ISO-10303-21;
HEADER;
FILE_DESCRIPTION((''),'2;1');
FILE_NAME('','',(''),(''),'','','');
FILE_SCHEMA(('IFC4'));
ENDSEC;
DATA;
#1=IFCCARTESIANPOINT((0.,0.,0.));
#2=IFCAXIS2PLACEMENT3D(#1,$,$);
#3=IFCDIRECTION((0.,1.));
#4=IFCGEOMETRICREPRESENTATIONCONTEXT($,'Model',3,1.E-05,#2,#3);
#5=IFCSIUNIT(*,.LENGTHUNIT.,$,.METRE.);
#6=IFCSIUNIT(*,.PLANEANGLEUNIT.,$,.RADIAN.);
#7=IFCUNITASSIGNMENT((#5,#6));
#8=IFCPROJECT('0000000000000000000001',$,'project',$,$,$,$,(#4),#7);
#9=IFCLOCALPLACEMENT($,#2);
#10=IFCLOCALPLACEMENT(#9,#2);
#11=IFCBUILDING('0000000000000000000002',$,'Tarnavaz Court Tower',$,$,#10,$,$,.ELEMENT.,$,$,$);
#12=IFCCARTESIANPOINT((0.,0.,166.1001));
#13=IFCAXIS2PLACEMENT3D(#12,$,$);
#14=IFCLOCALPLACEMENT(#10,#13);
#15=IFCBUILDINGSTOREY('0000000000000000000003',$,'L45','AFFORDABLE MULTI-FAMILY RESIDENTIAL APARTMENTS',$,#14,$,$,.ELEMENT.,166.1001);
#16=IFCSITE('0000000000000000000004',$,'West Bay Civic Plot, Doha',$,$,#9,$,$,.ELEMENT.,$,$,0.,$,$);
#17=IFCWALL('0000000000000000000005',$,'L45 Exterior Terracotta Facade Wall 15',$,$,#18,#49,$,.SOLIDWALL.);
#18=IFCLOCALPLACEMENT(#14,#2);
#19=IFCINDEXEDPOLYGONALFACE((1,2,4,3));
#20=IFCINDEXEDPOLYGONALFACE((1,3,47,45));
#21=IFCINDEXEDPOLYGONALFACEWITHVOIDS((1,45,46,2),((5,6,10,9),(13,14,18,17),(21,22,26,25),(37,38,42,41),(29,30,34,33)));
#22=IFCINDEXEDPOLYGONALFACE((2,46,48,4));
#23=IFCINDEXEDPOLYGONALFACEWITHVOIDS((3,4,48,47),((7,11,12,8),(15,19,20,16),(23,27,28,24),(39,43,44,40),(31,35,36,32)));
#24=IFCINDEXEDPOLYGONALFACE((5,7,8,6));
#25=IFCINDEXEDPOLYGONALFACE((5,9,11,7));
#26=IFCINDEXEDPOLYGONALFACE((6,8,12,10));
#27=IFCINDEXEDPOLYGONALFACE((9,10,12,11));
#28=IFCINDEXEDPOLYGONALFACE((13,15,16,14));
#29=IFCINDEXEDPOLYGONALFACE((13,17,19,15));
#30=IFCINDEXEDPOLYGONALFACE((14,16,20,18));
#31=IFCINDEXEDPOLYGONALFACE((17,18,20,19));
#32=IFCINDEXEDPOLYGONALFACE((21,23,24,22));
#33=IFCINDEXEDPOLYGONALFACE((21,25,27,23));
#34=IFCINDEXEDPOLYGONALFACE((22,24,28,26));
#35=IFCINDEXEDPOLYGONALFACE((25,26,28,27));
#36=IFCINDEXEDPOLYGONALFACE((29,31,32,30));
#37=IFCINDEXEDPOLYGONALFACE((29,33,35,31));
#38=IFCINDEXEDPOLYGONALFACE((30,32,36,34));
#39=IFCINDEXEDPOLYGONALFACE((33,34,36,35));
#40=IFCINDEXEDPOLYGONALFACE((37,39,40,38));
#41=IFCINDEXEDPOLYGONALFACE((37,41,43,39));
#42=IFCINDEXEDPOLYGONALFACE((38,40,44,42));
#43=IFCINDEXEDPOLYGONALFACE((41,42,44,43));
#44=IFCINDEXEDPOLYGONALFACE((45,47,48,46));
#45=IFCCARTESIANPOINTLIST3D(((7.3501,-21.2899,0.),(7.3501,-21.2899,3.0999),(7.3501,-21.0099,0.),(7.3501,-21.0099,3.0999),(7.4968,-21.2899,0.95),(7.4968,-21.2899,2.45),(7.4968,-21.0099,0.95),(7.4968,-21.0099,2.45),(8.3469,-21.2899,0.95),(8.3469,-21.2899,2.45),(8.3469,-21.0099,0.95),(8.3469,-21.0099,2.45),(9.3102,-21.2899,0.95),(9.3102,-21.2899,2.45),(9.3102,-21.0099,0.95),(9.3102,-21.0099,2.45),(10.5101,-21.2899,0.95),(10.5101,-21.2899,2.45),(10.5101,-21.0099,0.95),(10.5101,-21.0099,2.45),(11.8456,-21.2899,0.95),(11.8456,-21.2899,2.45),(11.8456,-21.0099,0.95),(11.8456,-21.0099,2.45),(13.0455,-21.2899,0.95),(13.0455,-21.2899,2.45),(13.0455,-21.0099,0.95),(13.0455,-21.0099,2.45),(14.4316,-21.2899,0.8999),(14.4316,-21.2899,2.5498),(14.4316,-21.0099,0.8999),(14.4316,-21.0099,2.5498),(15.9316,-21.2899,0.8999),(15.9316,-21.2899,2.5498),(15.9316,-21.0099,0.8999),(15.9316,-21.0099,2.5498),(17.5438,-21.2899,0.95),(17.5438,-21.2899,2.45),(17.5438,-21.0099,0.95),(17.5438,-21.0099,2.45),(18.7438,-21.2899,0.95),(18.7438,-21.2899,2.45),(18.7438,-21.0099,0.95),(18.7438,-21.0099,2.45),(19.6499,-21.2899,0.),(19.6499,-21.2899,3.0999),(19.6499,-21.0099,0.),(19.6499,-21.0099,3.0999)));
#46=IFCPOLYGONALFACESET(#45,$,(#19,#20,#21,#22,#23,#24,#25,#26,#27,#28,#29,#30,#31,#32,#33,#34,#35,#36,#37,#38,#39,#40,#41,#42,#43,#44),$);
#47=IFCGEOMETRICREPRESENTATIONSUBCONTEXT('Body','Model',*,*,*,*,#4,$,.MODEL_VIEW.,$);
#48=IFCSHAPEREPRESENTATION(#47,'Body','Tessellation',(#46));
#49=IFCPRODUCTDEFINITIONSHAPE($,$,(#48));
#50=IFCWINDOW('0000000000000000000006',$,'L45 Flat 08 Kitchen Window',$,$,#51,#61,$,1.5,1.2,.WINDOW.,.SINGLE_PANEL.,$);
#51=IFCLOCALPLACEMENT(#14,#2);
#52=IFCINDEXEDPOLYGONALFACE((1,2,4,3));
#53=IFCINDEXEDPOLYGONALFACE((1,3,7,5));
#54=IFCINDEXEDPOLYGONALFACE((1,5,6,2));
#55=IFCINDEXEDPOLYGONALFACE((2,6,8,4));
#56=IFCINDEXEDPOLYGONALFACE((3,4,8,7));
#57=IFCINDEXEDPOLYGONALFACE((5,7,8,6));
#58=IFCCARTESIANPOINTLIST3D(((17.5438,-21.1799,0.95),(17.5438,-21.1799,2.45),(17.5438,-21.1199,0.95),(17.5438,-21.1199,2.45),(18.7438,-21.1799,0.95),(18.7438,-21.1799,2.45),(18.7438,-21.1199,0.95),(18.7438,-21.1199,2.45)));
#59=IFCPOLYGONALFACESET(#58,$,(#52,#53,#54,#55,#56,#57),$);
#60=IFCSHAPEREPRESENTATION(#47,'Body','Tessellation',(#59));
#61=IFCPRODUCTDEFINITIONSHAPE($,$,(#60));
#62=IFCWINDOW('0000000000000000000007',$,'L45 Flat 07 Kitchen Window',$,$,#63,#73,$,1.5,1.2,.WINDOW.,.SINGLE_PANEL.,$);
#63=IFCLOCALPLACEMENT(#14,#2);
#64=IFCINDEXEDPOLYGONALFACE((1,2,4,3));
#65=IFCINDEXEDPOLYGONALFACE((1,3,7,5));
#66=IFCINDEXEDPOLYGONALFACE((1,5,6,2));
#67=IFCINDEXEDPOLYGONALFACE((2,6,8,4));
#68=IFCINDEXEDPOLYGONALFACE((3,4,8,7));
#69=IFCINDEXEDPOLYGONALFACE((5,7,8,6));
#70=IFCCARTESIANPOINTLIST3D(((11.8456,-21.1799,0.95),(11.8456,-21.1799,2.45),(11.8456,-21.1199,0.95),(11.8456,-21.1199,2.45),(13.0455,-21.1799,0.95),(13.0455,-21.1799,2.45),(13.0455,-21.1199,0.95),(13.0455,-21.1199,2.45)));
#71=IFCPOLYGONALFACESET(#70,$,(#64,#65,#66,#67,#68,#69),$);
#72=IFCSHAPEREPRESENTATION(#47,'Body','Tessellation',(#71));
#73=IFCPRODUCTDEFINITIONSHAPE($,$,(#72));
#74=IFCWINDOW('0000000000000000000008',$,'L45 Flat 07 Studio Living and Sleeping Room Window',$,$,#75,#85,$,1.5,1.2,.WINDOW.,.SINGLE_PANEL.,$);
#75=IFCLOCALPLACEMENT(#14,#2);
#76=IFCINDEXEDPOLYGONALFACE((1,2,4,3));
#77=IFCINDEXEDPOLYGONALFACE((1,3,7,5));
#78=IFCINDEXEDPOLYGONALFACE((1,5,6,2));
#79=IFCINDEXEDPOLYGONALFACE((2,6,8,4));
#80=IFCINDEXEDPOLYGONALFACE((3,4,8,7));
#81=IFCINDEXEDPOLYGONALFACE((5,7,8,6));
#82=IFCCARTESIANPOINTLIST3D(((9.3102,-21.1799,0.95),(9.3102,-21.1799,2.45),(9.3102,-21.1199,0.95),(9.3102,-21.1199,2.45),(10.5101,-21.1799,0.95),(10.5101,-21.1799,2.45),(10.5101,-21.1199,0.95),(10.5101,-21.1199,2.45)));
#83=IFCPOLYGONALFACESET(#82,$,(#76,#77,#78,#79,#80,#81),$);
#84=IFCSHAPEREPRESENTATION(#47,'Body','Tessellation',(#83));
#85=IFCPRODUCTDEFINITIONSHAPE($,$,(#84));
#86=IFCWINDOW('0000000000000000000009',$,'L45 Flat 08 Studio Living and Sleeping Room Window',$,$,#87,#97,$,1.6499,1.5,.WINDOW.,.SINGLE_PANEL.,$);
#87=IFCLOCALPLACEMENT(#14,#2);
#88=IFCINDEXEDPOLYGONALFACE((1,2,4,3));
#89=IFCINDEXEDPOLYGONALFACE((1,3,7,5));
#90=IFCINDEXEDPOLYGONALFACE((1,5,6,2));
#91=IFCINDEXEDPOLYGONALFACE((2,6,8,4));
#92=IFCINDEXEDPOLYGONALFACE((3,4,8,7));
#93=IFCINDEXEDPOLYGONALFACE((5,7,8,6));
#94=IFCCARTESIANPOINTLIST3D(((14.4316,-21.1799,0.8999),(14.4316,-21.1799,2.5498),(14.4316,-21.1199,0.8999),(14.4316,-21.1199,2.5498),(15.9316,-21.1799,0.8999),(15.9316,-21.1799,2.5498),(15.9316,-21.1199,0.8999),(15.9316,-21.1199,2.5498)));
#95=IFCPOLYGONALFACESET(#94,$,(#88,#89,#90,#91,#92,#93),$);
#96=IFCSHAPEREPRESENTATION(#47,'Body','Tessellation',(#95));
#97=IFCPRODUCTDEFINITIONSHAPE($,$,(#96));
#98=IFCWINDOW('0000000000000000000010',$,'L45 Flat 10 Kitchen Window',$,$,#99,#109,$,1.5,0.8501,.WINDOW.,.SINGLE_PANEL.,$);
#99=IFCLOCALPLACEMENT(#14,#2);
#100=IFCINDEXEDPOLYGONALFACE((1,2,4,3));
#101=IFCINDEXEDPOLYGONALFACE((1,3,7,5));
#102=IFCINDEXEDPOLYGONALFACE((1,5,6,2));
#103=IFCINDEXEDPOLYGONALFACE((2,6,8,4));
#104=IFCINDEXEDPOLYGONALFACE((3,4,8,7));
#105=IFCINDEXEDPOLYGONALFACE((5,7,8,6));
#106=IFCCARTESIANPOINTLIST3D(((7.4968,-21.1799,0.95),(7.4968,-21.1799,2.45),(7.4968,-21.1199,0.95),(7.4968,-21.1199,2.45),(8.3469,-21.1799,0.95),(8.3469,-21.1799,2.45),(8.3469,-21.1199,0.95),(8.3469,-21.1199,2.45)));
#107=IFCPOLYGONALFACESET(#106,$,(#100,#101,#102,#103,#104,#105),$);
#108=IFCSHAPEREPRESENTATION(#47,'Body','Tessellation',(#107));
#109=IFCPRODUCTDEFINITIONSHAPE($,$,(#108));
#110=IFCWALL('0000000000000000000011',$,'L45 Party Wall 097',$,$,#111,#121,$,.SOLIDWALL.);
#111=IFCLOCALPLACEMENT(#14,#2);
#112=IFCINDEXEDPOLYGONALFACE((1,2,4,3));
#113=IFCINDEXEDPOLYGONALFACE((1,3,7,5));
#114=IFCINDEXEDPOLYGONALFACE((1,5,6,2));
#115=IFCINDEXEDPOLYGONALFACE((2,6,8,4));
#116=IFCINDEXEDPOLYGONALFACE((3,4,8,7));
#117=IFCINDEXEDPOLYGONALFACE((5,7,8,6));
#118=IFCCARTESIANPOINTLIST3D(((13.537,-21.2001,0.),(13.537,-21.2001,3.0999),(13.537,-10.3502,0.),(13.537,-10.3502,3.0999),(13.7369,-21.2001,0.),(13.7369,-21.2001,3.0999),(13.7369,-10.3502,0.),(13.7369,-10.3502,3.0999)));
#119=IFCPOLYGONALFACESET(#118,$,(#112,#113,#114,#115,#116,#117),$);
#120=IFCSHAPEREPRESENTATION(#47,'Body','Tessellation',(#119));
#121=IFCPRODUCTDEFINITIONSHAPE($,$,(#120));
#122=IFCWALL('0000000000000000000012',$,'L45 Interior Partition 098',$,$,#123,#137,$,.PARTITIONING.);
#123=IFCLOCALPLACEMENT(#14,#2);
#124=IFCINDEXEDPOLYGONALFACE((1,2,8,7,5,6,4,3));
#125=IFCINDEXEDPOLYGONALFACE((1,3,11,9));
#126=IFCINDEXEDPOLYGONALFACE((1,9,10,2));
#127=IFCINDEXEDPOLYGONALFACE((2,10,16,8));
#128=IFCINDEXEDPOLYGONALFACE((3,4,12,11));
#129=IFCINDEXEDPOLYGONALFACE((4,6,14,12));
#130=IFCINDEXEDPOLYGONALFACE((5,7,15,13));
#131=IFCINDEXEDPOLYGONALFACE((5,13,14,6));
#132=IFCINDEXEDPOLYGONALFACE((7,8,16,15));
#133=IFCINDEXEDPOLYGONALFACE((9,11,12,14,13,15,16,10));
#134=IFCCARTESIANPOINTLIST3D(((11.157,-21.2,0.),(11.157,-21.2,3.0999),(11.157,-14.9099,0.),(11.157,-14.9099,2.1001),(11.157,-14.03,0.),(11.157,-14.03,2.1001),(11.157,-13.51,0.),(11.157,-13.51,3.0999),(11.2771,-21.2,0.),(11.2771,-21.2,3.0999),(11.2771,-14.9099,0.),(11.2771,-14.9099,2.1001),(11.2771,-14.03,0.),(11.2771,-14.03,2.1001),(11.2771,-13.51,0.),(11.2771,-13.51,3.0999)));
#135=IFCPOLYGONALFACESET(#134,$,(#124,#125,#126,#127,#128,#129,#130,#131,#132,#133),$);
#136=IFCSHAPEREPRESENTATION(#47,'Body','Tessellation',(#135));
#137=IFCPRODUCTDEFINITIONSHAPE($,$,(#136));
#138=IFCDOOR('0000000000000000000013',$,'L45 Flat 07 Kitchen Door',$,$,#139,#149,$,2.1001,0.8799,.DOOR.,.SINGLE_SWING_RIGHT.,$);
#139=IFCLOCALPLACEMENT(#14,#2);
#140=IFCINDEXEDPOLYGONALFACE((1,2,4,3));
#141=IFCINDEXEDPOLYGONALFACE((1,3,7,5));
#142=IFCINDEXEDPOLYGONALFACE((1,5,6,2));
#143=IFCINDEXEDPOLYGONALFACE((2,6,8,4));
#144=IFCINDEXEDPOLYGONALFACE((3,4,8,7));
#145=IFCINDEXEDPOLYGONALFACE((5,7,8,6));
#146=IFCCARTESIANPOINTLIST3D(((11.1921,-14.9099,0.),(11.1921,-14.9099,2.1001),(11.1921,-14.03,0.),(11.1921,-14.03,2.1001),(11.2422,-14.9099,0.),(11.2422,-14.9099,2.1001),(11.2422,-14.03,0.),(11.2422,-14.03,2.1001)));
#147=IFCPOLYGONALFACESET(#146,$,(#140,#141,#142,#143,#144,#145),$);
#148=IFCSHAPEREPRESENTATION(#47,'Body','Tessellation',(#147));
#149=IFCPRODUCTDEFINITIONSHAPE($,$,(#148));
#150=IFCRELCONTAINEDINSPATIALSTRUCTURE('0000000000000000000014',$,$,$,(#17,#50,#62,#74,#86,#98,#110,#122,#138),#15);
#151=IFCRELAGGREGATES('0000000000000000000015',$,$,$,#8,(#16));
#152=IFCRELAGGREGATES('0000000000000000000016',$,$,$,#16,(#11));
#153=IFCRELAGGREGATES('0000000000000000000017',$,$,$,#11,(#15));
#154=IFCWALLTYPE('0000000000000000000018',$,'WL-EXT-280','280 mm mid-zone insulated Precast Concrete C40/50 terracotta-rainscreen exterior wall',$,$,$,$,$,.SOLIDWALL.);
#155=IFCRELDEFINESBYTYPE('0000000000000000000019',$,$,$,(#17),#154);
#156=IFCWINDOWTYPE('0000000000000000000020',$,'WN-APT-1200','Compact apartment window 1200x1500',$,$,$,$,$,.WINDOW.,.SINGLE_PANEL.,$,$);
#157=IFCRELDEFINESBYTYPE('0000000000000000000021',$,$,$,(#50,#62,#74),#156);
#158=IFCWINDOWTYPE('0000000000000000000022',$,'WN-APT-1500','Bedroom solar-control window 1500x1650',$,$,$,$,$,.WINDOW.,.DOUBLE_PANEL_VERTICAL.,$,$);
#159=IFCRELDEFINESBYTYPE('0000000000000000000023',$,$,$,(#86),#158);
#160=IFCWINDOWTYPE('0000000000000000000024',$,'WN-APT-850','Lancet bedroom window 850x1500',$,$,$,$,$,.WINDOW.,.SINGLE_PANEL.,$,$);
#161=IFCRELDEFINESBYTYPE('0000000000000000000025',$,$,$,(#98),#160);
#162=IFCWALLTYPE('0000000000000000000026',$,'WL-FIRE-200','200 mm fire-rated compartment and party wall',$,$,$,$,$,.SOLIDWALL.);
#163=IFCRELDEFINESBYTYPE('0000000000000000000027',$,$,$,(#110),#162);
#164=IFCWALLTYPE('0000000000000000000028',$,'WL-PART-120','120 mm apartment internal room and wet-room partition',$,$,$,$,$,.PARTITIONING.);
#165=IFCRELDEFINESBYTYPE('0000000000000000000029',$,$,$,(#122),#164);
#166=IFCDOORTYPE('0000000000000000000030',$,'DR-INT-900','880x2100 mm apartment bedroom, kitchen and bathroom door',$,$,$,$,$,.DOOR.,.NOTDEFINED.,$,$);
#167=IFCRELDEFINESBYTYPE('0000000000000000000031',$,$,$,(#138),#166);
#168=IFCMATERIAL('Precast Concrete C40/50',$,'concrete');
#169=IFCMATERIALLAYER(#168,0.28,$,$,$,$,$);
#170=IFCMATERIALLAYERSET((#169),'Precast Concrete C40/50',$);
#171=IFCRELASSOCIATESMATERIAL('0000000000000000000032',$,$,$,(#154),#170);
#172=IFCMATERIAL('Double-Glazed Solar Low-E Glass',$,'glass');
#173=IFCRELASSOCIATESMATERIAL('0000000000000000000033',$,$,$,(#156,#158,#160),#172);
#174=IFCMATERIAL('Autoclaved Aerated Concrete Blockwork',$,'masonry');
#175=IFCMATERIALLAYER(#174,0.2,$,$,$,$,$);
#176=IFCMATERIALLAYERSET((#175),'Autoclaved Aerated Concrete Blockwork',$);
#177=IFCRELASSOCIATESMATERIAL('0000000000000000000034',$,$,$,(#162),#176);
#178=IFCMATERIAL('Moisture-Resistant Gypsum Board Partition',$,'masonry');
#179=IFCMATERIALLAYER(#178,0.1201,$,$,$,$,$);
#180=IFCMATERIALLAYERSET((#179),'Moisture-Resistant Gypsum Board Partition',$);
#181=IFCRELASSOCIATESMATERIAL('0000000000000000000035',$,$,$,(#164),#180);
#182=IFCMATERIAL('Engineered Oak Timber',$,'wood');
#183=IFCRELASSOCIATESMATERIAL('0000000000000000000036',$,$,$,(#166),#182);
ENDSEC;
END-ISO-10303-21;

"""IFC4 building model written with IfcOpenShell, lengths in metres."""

from ifc_helpers import new_model, si_unit, direction, frame, frame_2d, origin, place, context, subcontext, project, spatial, rectangle, extrude, material, layer, layer_set, type_object, element, fill, save


model = new_model("IFC4")

# Units and contexts
model_context = context("Model", 3, precision=1e-05, world=origin(), true_north=direction((0.0, 1.0)))
body_context = subcontext(model_context, "Body", "Model", "MODEL_VIEW")
ifc_project = project(units=[si_unit("LENGTHUNIT", "METRE"), si_unit("PLANEANGLEUNIT", "RADIAN")], contexts=[model_context])

# Site, building, storey
site_placement = place(None, origin())
site = spatial("IfcSite", under=ifc_project, at=site_placement, Name="West Bay Civic Plot, Doha", CompositionType="ELEMENT", RefElevation=0.0)
building_placement = place(site_placement, origin())
building = spatial("IfcBuilding", under=site, at=building_placement, Name="Tarnavaz Court Tower", CompositionType="ELEMENT")
storey_placement = place(building_placement, frame((0.0, 0.0, 166.1001)))
storey = spatial("IfcBuildingStorey", under=building, at=storey_placement, Name="L45", Description="AFFORDABLE MULTI-FAMILY RESIDENTIAL APARTMENTS", CompositionType="ELEMENT", Elevation=166.1001)

# Shared definitions
ifc_material_1 = material(Name="Precast Concrete C40/50", Category="concrete")
ifc_layer_1 = layer(ifc_material_1, 0.28)
ifc_layer_set_1 = layer_set([ifc_layer_1], Name="Precast Concrete C40/50")
wall_type_1 = type_object("IfcWallType", Name="WL-EXT-280", Description="280 mm mid-zone insulated Precast Concrete C40/50 terracotta-rainscreen exterior wall", PredefinedType="SOLIDWALL", material=ifc_layer_set_1)
ifc_material_2 = material(Name="Double-Glazed Solar Low-E Glass", Category="glass")

# Wall, openings, windows
wall_1_placement = place(storey_placement, frame((19.6499, -21.1499, 0.0), z_axis=(0.0, 0.0, 1.0), x_axis=(-1.0, 0.0, 0.0)))
wall_1 = element("IfcWall", 1, at=wall_1_placement, inside=storey, type_object=wall_type_1, Name="L45 Exterior Terracotta Facade Wall 15", PredefinedType="SOLIDWALL", context=body_context, shape_type="SweptSolid", body=[
    extrude(rectangle(XDim=12.2998, YDim=0.28, at=frame_2d((6.1499, 0.0))), origin(), (0.0, 0.0, 1.0), 3.0999),
])
opening_1_placement = place(wall_1_placement, frame((0.906, 0.0, 0.95)))
opening_1 = element("IfcOpeningElement", 2, at=opening_1_placement, cuts=wall_1, PredefinedType="OPENING", context=body_context, shape_type="SweptSolid", body=[
    extrude(rectangle(XDim=1.2, YDim=1.5, at=frame_2d((0.6001, 0.75))), frame((0.0, 0.1499, 0.0), z_axis=(0.0, -1.0, 0.0), x_axis=(1.0, 0.0, 0.0)), (0.0, 0.0, 1.0), 0.3),
])
opening_2_placement = place(wall_1_placement, frame((3.7183, 0.0, 0.8999)))
opening_2 = element("IfcOpeningElement", 3, at=opening_2_placement, cuts=wall_1, PredefinedType="OPENING", context=body_context, shape_type="SweptSolid", body=[
    extrude(rectangle(XDim=1.5, YDim=1.6499, at=frame_2d((0.75, 0.825))), frame((0.0, 0.1499, 0.0), z_axis=(0.0, -1.0, 0.0), x_axis=(1.0, 0.0, 0.0)), (0.0, 0.0, 1.0), 0.3),
])
opening_3_placement = place(wall_1_placement, frame((6.6042, 0.0, 0.95)))
opening_3 = element("IfcOpeningElement", 4, at=opening_3_placement, cuts=wall_1, PredefinedType="OPENING", context=body_context, shape_type="SweptSolid", body=[
    extrude(rectangle(XDim=1.2, YDim=1.5, at=frame_2d((0.6001, 0.75))), frame((0.0, 0.1499, 0.0), z_axis=(0.0, -1.0, 0.0), x_axis=(1.0, 0.0, 0.0)), (0.0, 0.0, 1.0), 0.3),
])
opening_4_placement = place(wall_1_placement, frame((9.1396, 0.0, 0.95)))
opening_4 = element("IfcOpeningElement", 5, at=opening_4_placement, cuts=wall_1, PredefinedType="OPENING", context=body_context, shape_type="SweptSolid", body=[
    extrude(rectangle(XDim=1.2, YDim=1.5, at=frame_2d((0.6001, 0.75))), frame((0.0, 0.1499, 0.0), z_axis=(0.0, -1.0, 0.0), x_axis=(1.0, 0.0, 0.0)), (0.0, 0.0, 1.0), 0.3),
])
opening_5_placement = place(wall_1_placement, frame((11.303, 0.0, 0.95)))
opening_5 = element("IfcOpeningElement", 6, at=opening_5_placement, cuts=wall_1, PredefinedType="OPENING", context=body_context, shape_type="SweptSolid", body=[
    extrude(rectangle(XDim=0.8501, YDim=1.5, at=frame_2d((0.425, 0.75))), frame((0.0, 0.1499, 0.0), z_axis=(0.0, -1.0, 0.0), x_axis=(1.0, 0.0, 0.0)), (0.0, 0.0, 1.0), 0.3),
])
window_type_1 = type_object("IfcWindowType", Name="WN-APT-1200", Description="Compact apartment window 1200x1500", PartitioningType="SINGLE_PANEL", PredefinedType="WINDOW", material=ifc_material_2)
window_1_placement = place(opening_1_placement, origin())
window_1 = element("IfcWindow", 7, at=window_1_placement, inside=storey, type_object=window_type_1, Name="L45 Flat 08 Kitchen Window", OverallHeight=1.5, OverallWidth=1.2, PartitioningType="SINGLE_PANEL", PredefinedType="WINDOW", context=body_context, shape_type="SweptSolid", body=[
    extrude(rectangle(XDim=1.2, YDim=1.5, at=frame_2d((0.6001, 0.75))), frame((0.0, 0.03, 0.0), z_axis=(0.0, -1.0, 0.0), x_axis=(1.0, 0.0, 0.0)), (0.0, 0.0, 1.0), 0.0601),
])
fill(opening_1, window_1)
window_2_placement = place(opening_3_placement, origin())
window_2 = element("IfcWindow", 8, at=window_2_placement, inside=storey, type_object=window_type_1, Name="L45 Flat 07 Kitchen Window", OverallHeight=1.5, OverallWidth=1.2, PartitioningType="SINGLE_PANEL", PredefinedType="WINDOW", context=body_context, shape_type="SweptSolid", body=[
    extrude(rectangle(XDim=1.2, YDim=1.5, at=frame_2d((0.6001, 0.75))), frame((0.0, 0.03, 0.0), z_axis=(0.0, -1.0, 0.0), x_axis=(1.0, 0.0, 0.0)), (0.0, 0.0, 1.0), 0.0601),
])
fill(opening_3, window_2)
window_3_placement = place(opening_4_placement, origin())
window_3 = element("IfcWindow", 9, at=window_3_placement, inside=storey, type_object=window_type_1, Name="L45 Flat 07 Studio Living and Sleeping Room Window", OverallHeight=1.5, OverallWidth=1.2, PartitioningType="SINGLE_PANEL", PredefinedType="WINDOW", context=body_context, shape_type="SweptSolid", body=[
    extrude(rectangle(XDim=1.2, YDim=1.5, at=frame_2d((0.6001, 0.75))), frame((0.0, 0.03, 0.0), z_axis=(0.0, -1.0, 0.0), x_axis=(1.0, 0.0, 0.0)), (0.0, 0.0, 1.0), 0.0601),
])
fill(opening_4, window_3)
window_type_2 = type_object("IfcWindowType", Name="WN-APT-1500", Description="Bedroom solar-control window 1500x1650", PartitioningType="DOUBLE_PANEL_VERTICAL", PredefinedType="WINDOW", material=ifc_material_2)
window_4_placement = place(opening_2_placement, origin())
window_4 = element("IfcWindow", 10, at=window_4_placement, inside=storey, type_object=window_type_2, Name="L45 Flat 08 Studio Living and Sleeping Room Window", OverallHeight=1.6499, OverallWidth=1.5, PartitioningType="SINGLE_PANEL", PredefinedType="WINDOW", context=body_context, shape_type="SweptSolid", body=[
    extrude(rectangle(XDim=1.5, YDim=1.6499, at=frame_2d((0.75, 0.825))), frame((0.0, 0.03, 0.0), z_axis=(0.0, -1.0, 0.0), x_axis=(1.0, 0.0, 0.0)), (0.0, 0.0, 1.0), 0.0601),
])
fill(opening_2, window_4)
window_type_3 = type_object("IfcWindowType", Name="WN-APT-850", Description="Lancet bedroom window 850x1500", PartitioningType="SINGLE_PANEL", PredefinedType="WINDOW", material=ifc_material_2)
window_5_placement = place(opening_5_placement, origin())
window_5 = element("IfcWindow", 11, at=window_5_placement, inside=storey, type_object=window_type_3, Name="L45 Flat 10 Kitchen Window", OverallHeight=1.5, OverallWidth=0.8501, PartitioningType="SINGLE_PANEL", PredefinedType="WINDOW", context=body_context, shape_type="SweptSolid", body=[
    extrude(rectangle(XDim=0.8501, YDim=1.5, at=frame_2d((0.425, 0.75))), frame((0.0, 0.03, 0.0), z_axis=(0.0, -1.0, 0.0), x_axis=(1.0, 0.0, 0.0)), (0.0, 0.0, 1.0), 0.0601),
])
fill(opening_5, window_5)

# Wall
ifc_material_3 = material(Name="Autoclaved Aerated Concrete Blockwork", Category="masonry")
ifc_layer_2 = layer(ifc_material_3, 0.2)
ifc_layer_set_2 = layer_set([ifc_layer_2], Name="Autoclaved Aerated Concrete Blockwork")
wall_type_2 = type_object("IfcWallType", Name="WL-FIRE-200", Description="200 mm fire-rated compartment and party wall", PredefinedType="SOLIDWALL", material=ifc_layer_set_2)
wall_2_placement = place(storey_placement, frame((13.637, -21.2, 0.0), z_axis=(0.0, 0.0, 1.0), x_axis=(0.0, 1.0, 0.0)))
element("IfcWall", 12, at=wall_2_placement, inside=storey, type_object=wall_type_2, Name="L45 Party Wall 097", PredefinedType="SOLIDWALL", context=body_context, shape_type="SweptSolid", body=[
    extrude(rectangle(XDim=10.8499, YDim=0.2, at=frame_2d((5.4248, 0.0))), origin(), (0.0, 0.0, 1.0), 3.0999),
])

# Wall, opening, door
ifc_material_4 = material(Name="Moisture-Resistant Gypsum Board Partition", Category="masonry")
ifc_layer_3 = layer(ifc_material_4, 0.1201)
ifc_layer_set_3 = layer_set([ifc_layer_3], Name="Moisture-Resistant Gypsum Board Partition")
wall_type_3 = type_object("IfcWallType", Name="WL-PART-120", Description="120 mm apartment internal room and wet-room partition", PredefinedType="PARTITIONING", material=ifc_layer_set_3)
wall_3_placement = place(storey_placement, frame((11.217, -21.2, 0.0), z_axis=(0.0, 0.0, 1.0), x_axis=(0.0, 1.0, 0.0)))
wall_3 = element("IfcWall", 13, at=wall_3_placement, inside=storey, type_object=wall_type_3, Name="L45 Interior Partition 098", PredefinedType="PARTITIONING", context=body_context, shape_type="SweptSolid", body=[
    extrude(rectangle(XDim=7.6899, YDim=0.1201, at=frame_2d((3.845, 0.0))), origin(), (0.0, 0.0, 1.0), 3.0999),
])
opening_6_placement = place(wall_3_placement, frame((6.29, 0.0, 0.0)))
opening_6 = element("IfcOpeningElement", 14, at=opening_6_placement, cuts=wall_3, PredefinedType="OPENING", context=body_context, shape_type="SweptSolid", body=[
    extrude(rectangle(XDim=0.8799, YDim=2.1001, at=frame_2d((0.4399, 1.05))), frame((0.0, 0.0701, 0.0), z_axis=(0.0, -1.0, 0.0), x_axis=(1.0, 0.0, 0.0)), (0.0, 0.0, 1.0), 0.1401),
])
ifc_material_5 = material(Name="Engineered Oak Timber", Category="wood")
door_type = type_object("IfcDoorType", Name="DR-INT-900", Description="880x2100 mm apartment bedroom, kitchen and bathroom door", OperationType="NOTDEFINED", PredefinedType="DOOR", material=ifc_material_5)
door_1_placement = place(opening_6_placement, origin())
door_1 = element("IfcDoor", 15, at=door_1_placement, inside=storey, type_object=door_type, Name="L45 Flat 07 Kitchen Door", OperationType="SINGLE_SWING_RIGHT", OverallHeight=2.1001, OverallWidth=0.8799, PredefinedType="DOOR", context=body_context, shape_type="SweptSolid", body=[
    extrude(rectangle(XDim=0.8799, YDim=2.1001, at=frame_2d((0.4399, 1.05))), frame((0.0, 0.0249, 0.0), z_axis=(0.0, -1.0, 0.0), x_axis=(1.0, 0.0, 0.0)), (0.0, 0.0, 1.0), 0.05),
])
fill(opening_6, door_1)

save(model, "model.ifc")
